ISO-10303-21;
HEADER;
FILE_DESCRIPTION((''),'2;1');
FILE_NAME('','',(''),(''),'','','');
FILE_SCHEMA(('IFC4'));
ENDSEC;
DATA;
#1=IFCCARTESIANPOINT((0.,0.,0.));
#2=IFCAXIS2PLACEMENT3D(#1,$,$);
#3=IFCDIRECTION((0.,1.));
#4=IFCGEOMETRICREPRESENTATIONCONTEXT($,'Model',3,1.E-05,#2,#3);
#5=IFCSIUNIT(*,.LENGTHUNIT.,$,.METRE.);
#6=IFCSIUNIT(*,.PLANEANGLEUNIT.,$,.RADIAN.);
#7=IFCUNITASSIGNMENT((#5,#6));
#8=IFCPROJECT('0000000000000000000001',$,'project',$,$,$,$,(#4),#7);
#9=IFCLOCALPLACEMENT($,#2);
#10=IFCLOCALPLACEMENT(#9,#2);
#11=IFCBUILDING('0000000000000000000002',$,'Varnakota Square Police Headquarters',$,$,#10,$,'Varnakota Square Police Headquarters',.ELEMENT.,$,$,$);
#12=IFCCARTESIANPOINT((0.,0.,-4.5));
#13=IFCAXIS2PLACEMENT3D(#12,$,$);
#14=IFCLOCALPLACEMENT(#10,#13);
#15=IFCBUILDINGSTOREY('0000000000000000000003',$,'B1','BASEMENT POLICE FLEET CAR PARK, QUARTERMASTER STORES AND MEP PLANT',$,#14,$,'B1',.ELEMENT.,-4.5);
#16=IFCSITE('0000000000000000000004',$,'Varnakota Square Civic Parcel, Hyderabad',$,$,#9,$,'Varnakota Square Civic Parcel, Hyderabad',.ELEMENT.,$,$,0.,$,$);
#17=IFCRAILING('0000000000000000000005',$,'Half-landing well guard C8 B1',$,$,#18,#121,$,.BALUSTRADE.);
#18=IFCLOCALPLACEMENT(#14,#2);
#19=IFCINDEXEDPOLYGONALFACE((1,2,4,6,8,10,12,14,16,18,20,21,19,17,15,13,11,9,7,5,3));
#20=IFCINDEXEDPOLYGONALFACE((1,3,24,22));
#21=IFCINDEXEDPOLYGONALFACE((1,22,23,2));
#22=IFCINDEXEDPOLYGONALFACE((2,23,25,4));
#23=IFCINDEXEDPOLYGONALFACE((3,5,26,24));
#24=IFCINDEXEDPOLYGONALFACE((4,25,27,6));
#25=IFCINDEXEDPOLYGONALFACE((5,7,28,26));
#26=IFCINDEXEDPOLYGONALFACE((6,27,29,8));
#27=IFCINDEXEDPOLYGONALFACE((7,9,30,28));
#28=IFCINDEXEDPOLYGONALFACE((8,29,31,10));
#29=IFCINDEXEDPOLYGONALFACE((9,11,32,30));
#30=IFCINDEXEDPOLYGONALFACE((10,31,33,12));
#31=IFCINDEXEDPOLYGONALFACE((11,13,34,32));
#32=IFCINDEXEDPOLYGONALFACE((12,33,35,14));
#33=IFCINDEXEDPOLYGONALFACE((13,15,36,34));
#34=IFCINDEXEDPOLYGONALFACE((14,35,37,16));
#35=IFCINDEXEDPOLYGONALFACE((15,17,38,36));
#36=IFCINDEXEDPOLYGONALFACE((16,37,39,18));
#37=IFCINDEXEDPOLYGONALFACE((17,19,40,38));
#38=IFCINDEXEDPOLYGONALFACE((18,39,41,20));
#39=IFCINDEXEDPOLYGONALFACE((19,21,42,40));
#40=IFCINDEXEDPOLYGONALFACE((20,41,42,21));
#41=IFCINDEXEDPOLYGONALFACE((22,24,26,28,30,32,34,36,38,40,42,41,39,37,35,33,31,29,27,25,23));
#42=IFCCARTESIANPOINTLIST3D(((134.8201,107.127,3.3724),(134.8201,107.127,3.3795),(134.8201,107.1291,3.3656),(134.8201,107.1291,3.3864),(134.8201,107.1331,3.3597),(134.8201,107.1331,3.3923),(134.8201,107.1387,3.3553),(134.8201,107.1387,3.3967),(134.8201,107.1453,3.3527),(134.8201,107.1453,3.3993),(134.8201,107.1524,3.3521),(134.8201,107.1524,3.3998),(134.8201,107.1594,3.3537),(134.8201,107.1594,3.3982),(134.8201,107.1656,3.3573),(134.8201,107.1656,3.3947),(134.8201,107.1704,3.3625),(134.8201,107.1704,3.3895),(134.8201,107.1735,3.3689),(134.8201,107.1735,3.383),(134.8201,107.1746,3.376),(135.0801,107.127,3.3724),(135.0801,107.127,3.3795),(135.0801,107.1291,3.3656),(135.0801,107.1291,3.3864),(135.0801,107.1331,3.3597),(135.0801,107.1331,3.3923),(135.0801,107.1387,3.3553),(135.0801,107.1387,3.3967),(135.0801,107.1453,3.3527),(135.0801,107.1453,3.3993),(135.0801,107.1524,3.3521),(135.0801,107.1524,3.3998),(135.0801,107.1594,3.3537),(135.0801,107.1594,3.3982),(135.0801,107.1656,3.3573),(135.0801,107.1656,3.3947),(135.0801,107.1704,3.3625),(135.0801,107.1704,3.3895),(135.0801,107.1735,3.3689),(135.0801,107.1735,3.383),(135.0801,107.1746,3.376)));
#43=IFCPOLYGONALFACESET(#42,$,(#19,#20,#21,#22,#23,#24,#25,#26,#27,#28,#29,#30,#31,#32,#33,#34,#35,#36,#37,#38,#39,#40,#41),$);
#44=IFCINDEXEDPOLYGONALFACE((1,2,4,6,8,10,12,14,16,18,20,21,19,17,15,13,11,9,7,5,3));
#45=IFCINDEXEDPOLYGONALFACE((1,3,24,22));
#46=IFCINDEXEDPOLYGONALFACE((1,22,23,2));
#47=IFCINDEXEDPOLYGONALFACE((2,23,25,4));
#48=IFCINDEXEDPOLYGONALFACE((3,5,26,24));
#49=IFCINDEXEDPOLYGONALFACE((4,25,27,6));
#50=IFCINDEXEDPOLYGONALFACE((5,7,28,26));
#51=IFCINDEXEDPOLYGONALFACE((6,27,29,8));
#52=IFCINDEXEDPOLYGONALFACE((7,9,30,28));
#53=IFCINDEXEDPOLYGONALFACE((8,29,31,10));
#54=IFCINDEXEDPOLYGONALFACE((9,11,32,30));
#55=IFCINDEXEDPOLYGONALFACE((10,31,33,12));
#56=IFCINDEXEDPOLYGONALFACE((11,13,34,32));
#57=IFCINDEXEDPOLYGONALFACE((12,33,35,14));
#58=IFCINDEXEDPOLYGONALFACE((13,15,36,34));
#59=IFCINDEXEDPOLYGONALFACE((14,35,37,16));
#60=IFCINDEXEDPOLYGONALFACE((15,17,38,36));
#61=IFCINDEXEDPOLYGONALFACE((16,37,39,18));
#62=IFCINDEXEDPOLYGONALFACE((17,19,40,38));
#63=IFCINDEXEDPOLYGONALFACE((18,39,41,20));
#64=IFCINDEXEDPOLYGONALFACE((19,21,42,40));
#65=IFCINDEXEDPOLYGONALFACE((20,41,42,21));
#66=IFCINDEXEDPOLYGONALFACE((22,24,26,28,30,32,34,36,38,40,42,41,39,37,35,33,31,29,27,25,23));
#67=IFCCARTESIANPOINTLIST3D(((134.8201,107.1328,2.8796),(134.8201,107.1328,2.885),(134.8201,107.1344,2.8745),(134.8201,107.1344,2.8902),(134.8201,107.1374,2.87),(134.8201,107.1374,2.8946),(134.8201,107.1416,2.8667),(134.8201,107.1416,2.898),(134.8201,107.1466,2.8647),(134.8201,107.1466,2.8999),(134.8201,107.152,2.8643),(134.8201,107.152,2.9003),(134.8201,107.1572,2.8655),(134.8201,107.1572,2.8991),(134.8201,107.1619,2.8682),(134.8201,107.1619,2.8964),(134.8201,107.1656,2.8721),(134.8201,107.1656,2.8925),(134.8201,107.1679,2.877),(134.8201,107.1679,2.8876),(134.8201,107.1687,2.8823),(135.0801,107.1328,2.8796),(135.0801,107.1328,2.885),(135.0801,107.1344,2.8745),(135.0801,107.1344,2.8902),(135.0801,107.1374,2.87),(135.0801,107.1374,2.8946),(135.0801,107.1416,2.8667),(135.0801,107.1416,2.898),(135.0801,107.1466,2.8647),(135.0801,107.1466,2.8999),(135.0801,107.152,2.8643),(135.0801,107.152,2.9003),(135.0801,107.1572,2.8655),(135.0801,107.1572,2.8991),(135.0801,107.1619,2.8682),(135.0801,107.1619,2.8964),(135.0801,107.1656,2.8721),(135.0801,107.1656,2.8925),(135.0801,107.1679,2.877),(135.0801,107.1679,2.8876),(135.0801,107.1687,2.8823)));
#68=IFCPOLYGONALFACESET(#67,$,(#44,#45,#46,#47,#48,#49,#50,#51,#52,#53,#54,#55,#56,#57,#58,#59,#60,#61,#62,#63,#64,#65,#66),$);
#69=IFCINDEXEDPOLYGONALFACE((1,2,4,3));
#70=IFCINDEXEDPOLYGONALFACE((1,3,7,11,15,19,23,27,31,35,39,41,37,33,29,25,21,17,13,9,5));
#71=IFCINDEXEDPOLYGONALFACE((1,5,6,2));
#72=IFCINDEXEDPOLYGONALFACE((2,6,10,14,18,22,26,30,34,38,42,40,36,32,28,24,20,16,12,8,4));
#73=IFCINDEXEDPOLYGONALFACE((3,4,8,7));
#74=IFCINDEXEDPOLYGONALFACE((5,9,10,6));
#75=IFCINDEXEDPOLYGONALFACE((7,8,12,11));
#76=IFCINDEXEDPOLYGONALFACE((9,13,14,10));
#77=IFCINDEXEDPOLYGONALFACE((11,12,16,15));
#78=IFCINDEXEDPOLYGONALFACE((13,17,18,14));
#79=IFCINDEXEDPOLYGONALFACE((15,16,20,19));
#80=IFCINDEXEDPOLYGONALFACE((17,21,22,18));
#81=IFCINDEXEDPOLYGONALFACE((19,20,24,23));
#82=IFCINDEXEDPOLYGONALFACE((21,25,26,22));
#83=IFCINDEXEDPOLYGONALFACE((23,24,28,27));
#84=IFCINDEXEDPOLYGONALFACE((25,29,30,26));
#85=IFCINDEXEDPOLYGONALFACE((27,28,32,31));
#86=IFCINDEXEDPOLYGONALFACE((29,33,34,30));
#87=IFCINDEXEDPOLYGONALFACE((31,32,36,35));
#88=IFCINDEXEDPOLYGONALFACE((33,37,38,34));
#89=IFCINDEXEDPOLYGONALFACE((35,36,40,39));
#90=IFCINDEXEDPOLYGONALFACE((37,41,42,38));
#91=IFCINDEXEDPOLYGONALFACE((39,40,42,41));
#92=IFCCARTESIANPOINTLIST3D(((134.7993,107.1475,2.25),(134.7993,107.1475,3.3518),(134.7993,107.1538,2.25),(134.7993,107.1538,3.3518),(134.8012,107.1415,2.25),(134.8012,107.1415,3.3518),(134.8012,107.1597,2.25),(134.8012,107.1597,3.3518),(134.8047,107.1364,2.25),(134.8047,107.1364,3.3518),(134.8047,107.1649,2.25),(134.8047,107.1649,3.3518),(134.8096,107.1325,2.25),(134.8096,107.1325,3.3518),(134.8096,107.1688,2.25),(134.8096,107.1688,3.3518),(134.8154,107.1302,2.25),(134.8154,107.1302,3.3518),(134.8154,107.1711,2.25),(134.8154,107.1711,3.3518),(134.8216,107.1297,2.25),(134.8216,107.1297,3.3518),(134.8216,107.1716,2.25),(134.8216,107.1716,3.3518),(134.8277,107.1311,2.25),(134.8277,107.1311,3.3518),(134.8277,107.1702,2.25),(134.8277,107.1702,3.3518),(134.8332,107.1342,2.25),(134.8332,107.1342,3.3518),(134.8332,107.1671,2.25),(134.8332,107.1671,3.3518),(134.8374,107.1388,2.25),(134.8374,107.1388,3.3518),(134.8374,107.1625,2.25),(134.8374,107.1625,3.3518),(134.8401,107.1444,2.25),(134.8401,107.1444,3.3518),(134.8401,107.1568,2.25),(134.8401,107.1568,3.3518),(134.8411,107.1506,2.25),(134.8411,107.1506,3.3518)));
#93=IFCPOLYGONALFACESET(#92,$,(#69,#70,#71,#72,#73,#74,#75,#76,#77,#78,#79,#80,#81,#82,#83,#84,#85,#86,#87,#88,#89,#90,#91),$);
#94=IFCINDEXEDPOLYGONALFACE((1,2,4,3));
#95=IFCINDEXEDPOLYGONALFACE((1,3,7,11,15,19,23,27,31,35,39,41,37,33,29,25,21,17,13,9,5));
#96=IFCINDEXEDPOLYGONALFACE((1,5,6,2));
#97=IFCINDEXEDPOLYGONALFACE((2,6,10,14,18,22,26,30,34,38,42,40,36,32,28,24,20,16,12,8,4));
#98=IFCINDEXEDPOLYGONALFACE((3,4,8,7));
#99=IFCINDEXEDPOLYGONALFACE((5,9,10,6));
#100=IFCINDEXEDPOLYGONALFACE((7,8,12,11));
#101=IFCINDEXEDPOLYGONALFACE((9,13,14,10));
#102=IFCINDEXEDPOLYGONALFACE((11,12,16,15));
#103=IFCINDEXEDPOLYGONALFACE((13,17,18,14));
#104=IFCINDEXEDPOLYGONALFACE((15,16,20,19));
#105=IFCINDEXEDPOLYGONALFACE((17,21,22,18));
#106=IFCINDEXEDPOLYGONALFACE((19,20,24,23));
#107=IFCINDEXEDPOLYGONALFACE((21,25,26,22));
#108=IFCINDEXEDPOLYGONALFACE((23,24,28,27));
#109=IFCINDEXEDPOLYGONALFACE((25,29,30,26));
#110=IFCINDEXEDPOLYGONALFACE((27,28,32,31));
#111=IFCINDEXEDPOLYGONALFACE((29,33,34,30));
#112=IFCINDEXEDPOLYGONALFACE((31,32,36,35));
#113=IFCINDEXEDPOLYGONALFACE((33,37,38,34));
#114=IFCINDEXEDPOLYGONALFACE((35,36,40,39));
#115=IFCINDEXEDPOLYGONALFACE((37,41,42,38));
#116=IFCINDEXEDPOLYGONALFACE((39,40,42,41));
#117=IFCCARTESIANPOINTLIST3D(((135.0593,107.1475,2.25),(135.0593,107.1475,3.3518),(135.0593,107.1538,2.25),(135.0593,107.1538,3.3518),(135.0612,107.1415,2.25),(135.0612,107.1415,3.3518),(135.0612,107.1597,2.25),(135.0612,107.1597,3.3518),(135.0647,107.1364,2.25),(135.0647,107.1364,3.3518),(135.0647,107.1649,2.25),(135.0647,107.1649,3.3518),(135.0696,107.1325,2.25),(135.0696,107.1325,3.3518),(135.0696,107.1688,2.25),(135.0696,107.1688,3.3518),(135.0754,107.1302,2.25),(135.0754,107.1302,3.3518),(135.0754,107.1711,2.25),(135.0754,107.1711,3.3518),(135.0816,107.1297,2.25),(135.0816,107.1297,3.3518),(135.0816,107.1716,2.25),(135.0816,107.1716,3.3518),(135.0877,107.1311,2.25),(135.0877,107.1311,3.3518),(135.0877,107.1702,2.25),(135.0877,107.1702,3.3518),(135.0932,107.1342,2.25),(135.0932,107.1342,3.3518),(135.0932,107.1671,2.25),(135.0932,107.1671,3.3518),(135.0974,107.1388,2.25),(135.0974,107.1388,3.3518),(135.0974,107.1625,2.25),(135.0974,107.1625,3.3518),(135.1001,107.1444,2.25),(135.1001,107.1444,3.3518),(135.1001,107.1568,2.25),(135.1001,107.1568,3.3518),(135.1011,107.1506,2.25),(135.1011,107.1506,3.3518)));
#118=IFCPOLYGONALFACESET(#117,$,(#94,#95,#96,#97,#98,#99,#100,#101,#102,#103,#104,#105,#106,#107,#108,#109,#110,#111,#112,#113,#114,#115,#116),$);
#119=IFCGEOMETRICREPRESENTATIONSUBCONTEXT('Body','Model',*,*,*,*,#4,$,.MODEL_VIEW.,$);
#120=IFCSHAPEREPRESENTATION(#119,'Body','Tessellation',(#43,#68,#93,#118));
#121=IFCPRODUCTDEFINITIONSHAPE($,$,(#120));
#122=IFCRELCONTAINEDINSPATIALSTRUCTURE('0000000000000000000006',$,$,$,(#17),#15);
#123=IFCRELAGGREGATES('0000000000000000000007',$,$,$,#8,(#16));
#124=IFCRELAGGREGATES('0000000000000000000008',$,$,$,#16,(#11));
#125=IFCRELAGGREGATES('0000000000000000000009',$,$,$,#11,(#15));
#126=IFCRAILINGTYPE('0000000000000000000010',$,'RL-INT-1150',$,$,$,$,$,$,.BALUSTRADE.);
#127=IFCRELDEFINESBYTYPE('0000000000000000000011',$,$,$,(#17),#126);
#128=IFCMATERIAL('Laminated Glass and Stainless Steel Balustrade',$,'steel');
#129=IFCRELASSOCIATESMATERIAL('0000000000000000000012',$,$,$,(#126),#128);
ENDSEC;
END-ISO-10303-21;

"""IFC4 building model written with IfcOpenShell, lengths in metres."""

from ifc_helpers import new_model, si_unit, direction, frame, origin, origin_2d, place, context, subcontext, project, spatial, circle, extrude, material, type_object, element, save


model = new_model("IFC4")

# Units and contexts
model_context = context("Model", 3, precision=1e-05, world=origin(), true_north=direction((0.0, 1.0)))
body_context = subcontext(model_context, "Body", "Model", "MODEL_VIEW")
ifc_project = project(units=[si_unit("LENGTHUNIT", "METRE"), si_unit("PLANEANGLEUNIT", "RADIAN")], contexts=[model_context])

# Site, building, storey
site_placement = place(None, origin())
site = spatial("IfcSite", under=ifc_project, at=site_placement, Name="Varnakota Square Civic Parcel, Hyderabad", LongName="Varnakota Square Civic Parcel, Hyderabad", CompositionType="ELEMENT", RefElevation=0.0)
building_placement = place(site_placement, origin())
building = spatial("IfcBuilding", under=site, at=building_placement, Name="Varnakota Square Police Headquarters", LongName="Varnakota Square Police Headquarters", CompositionType="ELEMENT")
storey_placement = place(building_placement, frame((0.0, 0.0, -4.5)))
storey = spatial("IfcBuildingStorey", under=building, at=storey_placement, Name="B1", Description="BASEMENT POLICE FLEET CAR PARK, QUARTERMASTER STORES AND MEP PLANT", LongName="B1", CompositionType="ELEMENT", Elevation=-4.5)

# Railing
ifc_material_1 = material(Name="Laminated Glass and Stainless Steel Balustrade", Category="steel")
railing_type_1 = type_object("IfcRailingType", Name="RL-INT-1150", PredefinedType="BALUSTRADE", material=ifc_material_1)
railing_1_placement = place(storey_placement, frame((134.8201, 107.1506, 2.25)))
element("IfcRailing", 1, at=railing_1_placement, inside=storey, type_object=railing_type_1, Name="Half-landing well guard C8 B1", PredefinedType="BALUSTRADE", context=body_context, shape_type="SweptSolid", body=[
    extrude(circle(Radius=0.0239, at=origin_2d()), frame((0.0, 0.0, 1.126), z_axis=(1.0, 0.0, 0.0), x_axis=(0.0, 1.0, 0.0)), (0.0, 0.0, 1.0), 0.26),
    extrude(circle(Radius=0.0181, at=origin_2d()), frame((0.0, 0.0, 0.6323), z_axis=(1.0, 0.0, 0.0), x_axis=(0.0, 1.0, 0.0)), (0.0, 0.0, 1.0), 0.26),
    extrude(circle(Radius=0.021, at=origin_2d()), origin(), (0.0, 0.0, 1.0), 1.1018),
    extrude(circle(Radius=0.021, at=origin_2d()), frame((0.26, 0.0, 0.0)), (0.0, 0.0, 1.0), 1.1018),
])

save(model, "model.ifc")
